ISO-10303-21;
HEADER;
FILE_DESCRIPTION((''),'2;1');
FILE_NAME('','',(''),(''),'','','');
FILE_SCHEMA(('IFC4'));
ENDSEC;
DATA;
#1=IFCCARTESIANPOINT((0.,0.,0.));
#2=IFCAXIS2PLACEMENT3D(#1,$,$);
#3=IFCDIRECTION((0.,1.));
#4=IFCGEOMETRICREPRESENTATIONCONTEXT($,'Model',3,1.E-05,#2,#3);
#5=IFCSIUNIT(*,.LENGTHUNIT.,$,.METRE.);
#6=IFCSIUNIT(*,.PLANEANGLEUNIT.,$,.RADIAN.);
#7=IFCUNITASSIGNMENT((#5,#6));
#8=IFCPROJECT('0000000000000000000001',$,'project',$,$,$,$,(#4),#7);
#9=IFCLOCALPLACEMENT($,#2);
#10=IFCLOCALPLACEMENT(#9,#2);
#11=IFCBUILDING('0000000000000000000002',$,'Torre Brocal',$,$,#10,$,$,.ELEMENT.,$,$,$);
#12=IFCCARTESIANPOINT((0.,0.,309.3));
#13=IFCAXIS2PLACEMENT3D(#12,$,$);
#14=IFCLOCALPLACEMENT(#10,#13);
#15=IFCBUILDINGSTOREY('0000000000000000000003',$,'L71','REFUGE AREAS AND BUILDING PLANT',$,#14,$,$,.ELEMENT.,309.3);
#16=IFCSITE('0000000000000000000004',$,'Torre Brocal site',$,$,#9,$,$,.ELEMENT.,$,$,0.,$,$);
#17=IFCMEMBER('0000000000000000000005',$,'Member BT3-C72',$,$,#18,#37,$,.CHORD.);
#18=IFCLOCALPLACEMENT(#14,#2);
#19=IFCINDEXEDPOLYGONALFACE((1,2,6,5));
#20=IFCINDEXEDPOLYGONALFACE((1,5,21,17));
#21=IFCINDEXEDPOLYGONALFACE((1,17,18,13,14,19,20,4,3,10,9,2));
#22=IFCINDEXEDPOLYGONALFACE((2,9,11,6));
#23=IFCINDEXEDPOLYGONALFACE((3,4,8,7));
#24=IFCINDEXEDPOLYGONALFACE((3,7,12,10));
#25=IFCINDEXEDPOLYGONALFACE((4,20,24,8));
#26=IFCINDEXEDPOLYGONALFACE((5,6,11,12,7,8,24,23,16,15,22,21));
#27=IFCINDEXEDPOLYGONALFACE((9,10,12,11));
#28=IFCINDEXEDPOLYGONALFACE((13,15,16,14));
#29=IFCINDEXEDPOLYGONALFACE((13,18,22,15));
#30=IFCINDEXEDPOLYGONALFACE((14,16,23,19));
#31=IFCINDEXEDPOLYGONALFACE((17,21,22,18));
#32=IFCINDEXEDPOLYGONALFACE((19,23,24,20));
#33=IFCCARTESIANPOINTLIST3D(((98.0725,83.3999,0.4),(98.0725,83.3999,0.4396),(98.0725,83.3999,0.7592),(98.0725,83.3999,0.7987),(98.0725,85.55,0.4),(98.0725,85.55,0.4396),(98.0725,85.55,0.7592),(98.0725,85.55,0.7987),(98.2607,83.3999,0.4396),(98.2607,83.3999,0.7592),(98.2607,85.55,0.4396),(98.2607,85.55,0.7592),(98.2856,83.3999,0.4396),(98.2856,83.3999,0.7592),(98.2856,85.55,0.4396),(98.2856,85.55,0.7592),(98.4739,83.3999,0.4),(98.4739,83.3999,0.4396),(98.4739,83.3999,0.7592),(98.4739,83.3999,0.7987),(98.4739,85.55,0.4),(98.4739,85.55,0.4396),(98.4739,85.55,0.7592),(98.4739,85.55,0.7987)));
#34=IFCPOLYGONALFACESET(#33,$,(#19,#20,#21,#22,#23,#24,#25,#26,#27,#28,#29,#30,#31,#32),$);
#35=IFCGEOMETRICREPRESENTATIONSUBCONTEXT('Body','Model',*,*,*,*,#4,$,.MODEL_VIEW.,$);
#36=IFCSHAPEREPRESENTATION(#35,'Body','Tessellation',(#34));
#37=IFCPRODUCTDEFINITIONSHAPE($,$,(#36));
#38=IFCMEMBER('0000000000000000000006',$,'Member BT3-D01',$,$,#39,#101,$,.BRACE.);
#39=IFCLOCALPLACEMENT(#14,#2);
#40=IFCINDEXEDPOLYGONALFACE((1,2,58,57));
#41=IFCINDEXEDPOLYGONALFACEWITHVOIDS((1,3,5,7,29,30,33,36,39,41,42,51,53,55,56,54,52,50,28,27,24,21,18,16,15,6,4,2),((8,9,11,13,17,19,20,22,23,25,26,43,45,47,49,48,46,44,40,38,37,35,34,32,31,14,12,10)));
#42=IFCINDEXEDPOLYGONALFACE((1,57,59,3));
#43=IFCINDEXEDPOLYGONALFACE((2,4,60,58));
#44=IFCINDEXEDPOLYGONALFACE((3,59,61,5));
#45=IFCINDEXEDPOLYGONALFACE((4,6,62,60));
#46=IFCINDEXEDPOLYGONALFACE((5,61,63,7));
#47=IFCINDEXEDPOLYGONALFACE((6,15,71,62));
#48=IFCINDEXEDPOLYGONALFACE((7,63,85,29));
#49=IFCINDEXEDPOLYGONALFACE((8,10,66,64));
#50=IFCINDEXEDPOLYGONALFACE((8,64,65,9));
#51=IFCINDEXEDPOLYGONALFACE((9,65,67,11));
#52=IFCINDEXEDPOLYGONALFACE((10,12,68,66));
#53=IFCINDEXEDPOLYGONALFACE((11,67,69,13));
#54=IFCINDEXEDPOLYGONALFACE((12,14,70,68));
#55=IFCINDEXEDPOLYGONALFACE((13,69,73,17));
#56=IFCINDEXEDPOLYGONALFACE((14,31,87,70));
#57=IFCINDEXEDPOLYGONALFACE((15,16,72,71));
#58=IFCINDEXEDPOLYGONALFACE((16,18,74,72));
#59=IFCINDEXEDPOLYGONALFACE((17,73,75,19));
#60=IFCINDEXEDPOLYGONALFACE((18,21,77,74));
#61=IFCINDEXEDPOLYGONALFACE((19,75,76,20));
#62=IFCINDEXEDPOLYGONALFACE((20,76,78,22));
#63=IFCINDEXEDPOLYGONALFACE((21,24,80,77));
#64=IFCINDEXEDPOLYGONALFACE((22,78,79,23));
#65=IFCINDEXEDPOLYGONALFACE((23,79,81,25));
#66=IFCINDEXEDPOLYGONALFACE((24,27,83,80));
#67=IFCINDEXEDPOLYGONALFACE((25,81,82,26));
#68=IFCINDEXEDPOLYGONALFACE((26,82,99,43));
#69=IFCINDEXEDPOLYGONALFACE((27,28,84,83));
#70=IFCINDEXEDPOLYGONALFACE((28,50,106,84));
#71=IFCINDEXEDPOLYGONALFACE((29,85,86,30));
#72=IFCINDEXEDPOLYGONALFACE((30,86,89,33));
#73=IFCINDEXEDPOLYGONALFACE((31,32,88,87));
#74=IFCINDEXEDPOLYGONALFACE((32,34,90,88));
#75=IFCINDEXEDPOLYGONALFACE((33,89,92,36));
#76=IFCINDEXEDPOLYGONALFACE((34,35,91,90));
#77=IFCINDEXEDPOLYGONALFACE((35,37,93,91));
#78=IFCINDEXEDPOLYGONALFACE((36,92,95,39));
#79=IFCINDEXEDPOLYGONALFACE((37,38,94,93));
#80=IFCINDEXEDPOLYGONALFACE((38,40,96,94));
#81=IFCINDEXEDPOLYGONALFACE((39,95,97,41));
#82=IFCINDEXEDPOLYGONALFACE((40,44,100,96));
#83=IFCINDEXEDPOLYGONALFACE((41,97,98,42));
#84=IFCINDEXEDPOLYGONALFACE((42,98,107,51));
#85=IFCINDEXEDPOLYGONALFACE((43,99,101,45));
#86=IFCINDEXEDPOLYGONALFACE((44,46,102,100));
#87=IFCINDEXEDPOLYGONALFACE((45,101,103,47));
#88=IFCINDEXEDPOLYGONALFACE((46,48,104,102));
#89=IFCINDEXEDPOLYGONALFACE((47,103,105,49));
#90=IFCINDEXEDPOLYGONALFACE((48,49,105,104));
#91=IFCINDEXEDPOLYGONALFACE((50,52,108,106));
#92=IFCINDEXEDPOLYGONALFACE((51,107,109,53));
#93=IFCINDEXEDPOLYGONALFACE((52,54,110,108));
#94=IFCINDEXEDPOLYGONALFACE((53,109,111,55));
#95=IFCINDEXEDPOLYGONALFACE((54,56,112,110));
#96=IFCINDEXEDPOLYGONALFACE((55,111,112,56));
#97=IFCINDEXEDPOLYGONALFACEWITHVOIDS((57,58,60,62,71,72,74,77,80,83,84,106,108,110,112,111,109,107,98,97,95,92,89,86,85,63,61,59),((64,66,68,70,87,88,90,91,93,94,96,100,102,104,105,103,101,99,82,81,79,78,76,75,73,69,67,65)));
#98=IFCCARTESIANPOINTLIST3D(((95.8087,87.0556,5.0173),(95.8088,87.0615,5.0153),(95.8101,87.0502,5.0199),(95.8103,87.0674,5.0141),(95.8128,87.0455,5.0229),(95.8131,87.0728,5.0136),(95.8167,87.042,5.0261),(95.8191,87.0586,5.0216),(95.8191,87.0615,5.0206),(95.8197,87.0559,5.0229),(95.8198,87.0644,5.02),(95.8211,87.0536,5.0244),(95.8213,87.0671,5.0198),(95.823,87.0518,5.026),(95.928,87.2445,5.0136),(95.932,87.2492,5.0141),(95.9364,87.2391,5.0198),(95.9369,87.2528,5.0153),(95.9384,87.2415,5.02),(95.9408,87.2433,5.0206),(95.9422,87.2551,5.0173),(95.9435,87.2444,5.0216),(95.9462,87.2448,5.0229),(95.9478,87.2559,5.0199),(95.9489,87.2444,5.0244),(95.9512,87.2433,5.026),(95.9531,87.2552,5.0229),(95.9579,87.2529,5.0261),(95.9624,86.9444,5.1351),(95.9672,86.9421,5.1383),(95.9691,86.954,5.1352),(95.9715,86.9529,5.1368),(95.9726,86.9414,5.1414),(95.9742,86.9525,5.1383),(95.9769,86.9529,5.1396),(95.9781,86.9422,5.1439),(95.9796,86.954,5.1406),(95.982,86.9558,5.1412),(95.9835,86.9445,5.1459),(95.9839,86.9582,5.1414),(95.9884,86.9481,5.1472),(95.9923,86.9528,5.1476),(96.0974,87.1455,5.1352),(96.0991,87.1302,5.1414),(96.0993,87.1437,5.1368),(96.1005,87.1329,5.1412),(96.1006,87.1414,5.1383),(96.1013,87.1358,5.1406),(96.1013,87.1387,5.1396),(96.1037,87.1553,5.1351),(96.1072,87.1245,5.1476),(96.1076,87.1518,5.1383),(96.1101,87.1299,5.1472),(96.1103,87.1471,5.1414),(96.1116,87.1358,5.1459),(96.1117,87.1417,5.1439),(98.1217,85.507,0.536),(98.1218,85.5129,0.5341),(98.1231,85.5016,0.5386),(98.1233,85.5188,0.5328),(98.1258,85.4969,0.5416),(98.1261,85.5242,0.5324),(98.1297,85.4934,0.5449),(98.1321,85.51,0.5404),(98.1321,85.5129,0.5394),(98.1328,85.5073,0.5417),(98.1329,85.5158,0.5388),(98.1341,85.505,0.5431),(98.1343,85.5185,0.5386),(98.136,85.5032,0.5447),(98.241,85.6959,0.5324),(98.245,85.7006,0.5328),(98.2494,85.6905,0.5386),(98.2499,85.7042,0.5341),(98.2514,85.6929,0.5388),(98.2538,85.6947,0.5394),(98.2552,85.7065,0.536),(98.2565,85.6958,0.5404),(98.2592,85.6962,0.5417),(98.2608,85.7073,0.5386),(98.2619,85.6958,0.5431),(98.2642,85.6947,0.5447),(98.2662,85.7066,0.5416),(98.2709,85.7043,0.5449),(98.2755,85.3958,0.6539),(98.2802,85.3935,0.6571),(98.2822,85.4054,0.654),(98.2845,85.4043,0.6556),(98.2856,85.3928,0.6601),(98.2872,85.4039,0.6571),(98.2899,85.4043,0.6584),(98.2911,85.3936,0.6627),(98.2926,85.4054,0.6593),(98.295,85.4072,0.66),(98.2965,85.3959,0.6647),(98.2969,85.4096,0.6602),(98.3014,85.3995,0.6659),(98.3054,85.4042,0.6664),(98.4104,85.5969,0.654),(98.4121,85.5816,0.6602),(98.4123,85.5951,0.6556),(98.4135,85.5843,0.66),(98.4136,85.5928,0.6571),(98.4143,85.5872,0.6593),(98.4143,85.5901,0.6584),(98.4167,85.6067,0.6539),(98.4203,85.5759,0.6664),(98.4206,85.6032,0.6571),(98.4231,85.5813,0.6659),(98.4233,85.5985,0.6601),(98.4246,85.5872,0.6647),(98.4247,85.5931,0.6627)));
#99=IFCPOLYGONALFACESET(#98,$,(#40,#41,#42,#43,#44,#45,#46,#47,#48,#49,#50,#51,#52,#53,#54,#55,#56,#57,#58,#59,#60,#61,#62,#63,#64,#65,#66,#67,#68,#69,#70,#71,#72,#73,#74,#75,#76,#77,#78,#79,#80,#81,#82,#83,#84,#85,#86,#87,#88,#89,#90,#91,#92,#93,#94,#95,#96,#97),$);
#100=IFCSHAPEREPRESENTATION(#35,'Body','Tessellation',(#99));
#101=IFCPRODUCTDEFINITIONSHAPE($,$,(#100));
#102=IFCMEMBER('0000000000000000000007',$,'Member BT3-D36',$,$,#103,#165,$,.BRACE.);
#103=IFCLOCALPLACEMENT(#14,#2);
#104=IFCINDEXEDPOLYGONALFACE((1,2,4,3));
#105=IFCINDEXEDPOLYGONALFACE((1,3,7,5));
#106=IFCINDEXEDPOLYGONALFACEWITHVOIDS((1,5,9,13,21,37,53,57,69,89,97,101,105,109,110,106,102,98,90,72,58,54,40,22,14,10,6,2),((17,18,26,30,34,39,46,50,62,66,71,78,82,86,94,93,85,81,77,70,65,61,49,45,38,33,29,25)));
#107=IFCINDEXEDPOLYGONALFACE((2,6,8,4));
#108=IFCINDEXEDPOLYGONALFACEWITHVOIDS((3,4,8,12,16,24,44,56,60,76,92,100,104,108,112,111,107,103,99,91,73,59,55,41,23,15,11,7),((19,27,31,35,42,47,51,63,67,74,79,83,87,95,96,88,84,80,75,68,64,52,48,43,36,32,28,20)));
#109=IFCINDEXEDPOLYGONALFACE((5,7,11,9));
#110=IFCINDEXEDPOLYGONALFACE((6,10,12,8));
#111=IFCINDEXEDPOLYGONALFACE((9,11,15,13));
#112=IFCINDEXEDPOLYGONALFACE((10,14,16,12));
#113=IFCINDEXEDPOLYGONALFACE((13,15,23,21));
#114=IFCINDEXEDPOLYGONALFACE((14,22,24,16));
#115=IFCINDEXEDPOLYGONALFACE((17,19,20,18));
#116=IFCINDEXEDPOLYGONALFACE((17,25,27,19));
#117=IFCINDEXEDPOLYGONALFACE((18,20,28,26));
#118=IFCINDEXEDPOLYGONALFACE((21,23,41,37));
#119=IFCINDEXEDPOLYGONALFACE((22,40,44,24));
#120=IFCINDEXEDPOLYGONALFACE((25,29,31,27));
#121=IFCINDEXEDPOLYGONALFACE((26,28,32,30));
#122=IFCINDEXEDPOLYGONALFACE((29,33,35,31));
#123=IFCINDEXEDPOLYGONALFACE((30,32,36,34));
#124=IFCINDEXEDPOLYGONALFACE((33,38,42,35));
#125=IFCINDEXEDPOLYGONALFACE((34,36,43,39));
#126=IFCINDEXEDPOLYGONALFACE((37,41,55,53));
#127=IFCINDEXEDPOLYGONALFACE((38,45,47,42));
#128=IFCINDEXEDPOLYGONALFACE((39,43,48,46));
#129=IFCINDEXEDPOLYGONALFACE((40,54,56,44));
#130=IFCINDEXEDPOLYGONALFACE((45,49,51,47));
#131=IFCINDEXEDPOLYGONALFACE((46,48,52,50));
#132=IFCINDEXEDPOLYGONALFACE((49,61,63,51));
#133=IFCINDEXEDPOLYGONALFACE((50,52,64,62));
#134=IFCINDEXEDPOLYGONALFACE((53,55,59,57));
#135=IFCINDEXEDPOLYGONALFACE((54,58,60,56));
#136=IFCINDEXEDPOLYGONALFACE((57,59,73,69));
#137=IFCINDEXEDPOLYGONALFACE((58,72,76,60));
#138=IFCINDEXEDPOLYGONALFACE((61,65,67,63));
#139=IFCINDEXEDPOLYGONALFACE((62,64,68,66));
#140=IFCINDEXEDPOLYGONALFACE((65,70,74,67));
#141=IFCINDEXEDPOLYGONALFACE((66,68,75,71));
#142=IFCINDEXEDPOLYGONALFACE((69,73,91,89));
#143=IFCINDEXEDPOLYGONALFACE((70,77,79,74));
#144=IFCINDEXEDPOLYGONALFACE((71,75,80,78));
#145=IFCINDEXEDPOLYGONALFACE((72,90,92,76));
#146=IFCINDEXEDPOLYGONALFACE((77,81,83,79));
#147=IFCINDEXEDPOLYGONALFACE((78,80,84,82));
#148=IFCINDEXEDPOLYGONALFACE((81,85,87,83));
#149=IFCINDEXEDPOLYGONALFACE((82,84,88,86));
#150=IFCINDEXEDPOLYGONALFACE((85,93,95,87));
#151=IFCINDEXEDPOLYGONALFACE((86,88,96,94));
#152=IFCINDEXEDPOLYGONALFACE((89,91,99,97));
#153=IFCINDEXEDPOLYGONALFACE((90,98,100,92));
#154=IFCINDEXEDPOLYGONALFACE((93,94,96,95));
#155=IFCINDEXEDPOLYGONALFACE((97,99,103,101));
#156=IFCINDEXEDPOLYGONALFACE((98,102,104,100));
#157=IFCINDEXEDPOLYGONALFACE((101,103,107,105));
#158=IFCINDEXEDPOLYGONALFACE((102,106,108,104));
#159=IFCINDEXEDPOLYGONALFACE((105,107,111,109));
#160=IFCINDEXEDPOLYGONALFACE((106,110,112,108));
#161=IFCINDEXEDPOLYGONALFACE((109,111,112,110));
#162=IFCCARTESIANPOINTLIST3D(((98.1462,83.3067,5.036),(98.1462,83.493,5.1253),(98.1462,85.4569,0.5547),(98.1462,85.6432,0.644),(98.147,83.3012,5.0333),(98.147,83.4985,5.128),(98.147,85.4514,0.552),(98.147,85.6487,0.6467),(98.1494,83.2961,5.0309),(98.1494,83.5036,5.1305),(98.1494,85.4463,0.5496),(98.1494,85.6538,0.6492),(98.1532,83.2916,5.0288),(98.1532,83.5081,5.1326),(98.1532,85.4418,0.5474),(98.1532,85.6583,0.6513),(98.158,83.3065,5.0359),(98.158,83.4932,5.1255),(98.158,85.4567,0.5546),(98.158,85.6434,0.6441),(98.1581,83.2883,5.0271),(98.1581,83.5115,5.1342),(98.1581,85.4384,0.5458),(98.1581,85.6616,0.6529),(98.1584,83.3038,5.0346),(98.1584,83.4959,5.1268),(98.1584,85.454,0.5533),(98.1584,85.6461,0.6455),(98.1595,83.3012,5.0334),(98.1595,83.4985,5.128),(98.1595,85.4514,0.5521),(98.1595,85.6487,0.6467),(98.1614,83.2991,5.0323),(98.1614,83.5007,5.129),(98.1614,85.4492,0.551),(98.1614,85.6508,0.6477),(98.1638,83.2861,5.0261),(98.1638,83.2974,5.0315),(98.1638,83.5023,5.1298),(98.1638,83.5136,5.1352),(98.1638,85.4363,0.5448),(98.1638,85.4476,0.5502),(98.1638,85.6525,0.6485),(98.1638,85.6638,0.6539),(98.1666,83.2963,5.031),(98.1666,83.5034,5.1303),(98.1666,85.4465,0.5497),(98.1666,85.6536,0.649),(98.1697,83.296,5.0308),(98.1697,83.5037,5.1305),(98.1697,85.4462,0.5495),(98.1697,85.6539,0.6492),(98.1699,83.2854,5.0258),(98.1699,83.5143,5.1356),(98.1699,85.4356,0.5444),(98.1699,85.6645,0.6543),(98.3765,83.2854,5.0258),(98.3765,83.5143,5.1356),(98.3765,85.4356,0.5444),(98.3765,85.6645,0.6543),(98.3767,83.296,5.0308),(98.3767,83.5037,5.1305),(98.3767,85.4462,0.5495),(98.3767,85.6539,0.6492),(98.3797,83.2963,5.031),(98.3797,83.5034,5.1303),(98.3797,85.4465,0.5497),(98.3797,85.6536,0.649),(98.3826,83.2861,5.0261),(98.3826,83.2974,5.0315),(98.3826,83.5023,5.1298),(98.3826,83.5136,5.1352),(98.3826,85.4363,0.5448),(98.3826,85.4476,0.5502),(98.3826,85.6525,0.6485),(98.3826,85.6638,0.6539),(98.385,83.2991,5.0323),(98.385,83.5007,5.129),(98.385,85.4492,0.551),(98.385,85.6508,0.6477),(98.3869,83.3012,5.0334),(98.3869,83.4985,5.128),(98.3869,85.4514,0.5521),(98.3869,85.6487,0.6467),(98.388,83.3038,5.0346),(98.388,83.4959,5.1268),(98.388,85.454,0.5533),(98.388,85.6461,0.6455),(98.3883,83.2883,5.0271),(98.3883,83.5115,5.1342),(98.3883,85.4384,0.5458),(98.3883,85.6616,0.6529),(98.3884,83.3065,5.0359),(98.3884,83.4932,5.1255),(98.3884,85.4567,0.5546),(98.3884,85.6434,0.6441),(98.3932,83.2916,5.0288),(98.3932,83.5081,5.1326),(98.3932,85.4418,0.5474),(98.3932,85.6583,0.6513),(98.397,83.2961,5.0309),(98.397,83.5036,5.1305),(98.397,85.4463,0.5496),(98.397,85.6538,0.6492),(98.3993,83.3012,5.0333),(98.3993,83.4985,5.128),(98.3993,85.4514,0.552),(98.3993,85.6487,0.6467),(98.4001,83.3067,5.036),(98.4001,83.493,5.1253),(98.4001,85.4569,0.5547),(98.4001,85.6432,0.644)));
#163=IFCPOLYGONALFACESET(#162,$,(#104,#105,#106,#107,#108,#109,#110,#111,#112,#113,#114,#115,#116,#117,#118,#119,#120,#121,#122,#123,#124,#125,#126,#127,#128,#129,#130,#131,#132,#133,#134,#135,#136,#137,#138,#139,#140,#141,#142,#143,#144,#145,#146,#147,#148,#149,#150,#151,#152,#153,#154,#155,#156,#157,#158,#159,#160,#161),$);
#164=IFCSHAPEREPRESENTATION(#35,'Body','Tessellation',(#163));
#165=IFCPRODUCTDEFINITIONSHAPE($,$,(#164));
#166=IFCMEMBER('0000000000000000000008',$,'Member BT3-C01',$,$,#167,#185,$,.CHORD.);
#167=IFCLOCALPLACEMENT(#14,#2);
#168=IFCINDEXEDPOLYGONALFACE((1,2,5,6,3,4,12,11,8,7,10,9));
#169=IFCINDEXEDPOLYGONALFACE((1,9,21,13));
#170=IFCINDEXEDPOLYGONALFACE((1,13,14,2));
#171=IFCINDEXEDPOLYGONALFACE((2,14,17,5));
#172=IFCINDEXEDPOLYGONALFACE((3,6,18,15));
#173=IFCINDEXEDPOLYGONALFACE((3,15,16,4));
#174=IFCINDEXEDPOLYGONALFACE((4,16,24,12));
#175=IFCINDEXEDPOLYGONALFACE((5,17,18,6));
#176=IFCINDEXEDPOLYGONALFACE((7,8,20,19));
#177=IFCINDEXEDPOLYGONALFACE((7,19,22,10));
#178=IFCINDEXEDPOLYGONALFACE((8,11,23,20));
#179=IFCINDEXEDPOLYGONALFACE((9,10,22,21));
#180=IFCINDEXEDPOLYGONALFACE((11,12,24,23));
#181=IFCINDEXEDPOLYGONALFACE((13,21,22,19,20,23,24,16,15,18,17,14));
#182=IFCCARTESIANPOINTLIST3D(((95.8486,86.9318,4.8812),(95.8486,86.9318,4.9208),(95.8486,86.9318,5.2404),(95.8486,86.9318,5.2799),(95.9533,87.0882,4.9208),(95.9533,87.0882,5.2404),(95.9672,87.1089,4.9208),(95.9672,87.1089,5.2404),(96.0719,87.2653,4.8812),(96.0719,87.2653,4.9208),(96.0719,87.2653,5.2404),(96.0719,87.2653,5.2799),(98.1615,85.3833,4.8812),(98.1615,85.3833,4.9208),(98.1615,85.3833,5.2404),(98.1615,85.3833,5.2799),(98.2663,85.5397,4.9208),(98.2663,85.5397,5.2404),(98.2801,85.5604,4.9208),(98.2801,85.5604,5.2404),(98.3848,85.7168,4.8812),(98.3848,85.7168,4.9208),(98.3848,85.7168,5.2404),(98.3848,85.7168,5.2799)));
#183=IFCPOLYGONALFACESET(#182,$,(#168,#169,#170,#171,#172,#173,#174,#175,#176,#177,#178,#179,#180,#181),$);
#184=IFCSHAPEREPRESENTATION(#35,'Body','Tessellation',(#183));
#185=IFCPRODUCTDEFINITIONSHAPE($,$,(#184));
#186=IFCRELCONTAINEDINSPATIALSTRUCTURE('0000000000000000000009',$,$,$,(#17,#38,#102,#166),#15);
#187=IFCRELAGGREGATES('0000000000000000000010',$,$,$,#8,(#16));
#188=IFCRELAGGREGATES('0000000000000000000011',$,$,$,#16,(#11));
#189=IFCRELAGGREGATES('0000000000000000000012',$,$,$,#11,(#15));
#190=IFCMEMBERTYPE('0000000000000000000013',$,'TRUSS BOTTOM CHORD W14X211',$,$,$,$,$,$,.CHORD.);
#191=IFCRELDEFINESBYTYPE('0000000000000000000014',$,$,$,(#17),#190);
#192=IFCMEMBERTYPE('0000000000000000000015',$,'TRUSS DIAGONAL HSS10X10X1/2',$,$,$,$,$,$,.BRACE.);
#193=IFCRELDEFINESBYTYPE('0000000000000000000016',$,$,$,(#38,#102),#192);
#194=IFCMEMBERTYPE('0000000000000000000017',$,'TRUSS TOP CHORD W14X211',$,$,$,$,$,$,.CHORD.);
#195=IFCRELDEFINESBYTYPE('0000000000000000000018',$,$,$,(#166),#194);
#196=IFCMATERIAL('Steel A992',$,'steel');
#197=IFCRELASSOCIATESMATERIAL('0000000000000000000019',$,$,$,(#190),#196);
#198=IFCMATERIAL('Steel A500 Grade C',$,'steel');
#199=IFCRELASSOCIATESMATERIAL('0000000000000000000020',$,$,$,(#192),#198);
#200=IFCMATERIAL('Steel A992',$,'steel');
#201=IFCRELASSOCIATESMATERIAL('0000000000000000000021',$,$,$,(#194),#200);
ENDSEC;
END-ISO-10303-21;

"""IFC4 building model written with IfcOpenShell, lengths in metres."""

from ifc_helpers import new_model, si_unit, direction, frame, origin, origin_2d, place, context, subcontext, project, spatial, hollow_rectangle, i_section, extrude, material, material_profile, profile_set, type_object, element, save


model = new_model("IFC4")

# Units and contexts
model_context = context("Model", 3, precision=1e-05, world=origin(), true_north=direction((0.0, 1.0)))
body_context = subcontext(model_context, "Body", "Model", "MODEL_VIEW")
ifc_project = project(units=[si_unit("LENGTHUNIT", "METRE"), si_unit("PLANEANGLEUNIT", "RADIAN")], contexts=[model_context])

# Site, building, storey
site_placement = place(None, origin())
site = spatial("IfcSite", under=ifc_project, at=site_placement, Name="Torre Brocal site", CompositionType="ELEMENT", RefElevation=0.0)
building_placement = place(site_placement, origin())
building = spatial("IfcBuilding", under=site, at=building_placement, Name="Torre Brocal", CompositionType="ELEMENT")
storey_placement = place(building_placement, frame((0.0, 0.0, 309.3)))
storey = spatial("IfcBuildingStorey", under=building, at=storey_placement, Name="L71", Description="REFUGE AREAS AND BUILDING PLANT", CompositionType="ELEMENT", Elevation=309.3)

# Members
ifc_material_1 = material(Name="Steel A992", Category="steel")
ifc_material_profile_1 = material_profile(ifc_material_1, i_section(OverallWidth=0.4014, OverallDepth=0.3987, WebThickness=0.0249, FlangeThickness=0.0396, at=origin_2d()), Name="W14X211")
ifc_profile_set_1 = profile_set([ifc_material_profile_1], Name="Steel A992")
member_type_1 = type_object("IfcMemberType", Name="TRUSS BOTTOM CHORD W14X211", PredefinedType="CHORD", material=ifc_profile_set_1)
member_1_placement = place(storey_placement, frame((98.2732, 85.55, 0.5994), z_axis=(0.0, -1.0, 0.0), x_axis=(1.0, 0.0, 0.0)))
element("IfcMember", 1, at=member_1_placement, inside=storey, type_object=member_type_1, Name="Member BT3-C72", PredefinedType="CHORD", context=body_context, shape_type="SweptSolid", body=[
    extrude(i_section(OverallWidth=0.4014, OverallDepth=0.3987, WebThickness=0.0249, FlangeThickness=0.0396, at=origin_2d()), origin(), (0.0, 0.0, 1.0), 2.1501),
])
ifc_material_2 = material(Name="Steel A500 Grade C", Category="steel")
ifc_material_profile_2 = material_profile(ifc_material_2, hollow_rectangle(XDim=0.2539, YDim=0.2539, WallThickness=0.0117, InnerFilletRadius=0.0117, OuterFilletRadius=0.0237, at=origin_2d()), Name="HSS10X10X1/2")
ifc_profile_set_2 = profile_set([ifc_material_profile_2], Name="Steel A500 Grade C")
member_type_2 = type_object("IfcMemberType", Name="TRUSS DIAGONAL HSS10X10X1/2", PredefinedType="BRACE", material=ifc_profile_set_2)
member_2_placement = place(storey_placement, frame((98.2732, 85.55, 0.5994), z_axis=(-0.438453, 0.293552, 0.849462), x_axis=(-0.556339, -0.830956, 0.0)))
element("IfcMember", 2, at=member_2_placement, inside=storey, type_object=member_type_2, Name="Member BT3-D01", PredefinedType="BRACE", context=body_context, shape_type="SweptSolid", body=[
    extrude(hollow_rectangle(XDim=0.2539, YDim=0.2539, WallThickness=0.0117, InnerFilletRadius=0.0117, OuterFilletRadius=0.0237, at=origin_2d()), origin(), (0.0, 0.0, 1.0), 5.2754),
])
member_3_placement = place(storey_placement, frame((98.2732, 85.55, 0.5994), z_axis=(0.0, -0.432595, 0.901588), x_axis=(1.0, 0.0, 0.0)))
element("IfcMember", 3, at=member_3_placement, inside=storey, type_object=member_type_2, Name="Member BT3-D36", PredefinedType="BRACE", context=body_context, shape_type="SweptSolid", body=[
    extrude(hollow_rectangle(XDim=0.2539, YDim=0.2539, WallThickness=0.0117, InnerFilletRadius=0.0117, OuterFilletRadius=0.0237, at=origin_2d()), origin(), (0.0, 0.0, 1.0), 4.9705),
])
ifc_material_3 = material(Name="Steel A992", Category="steel")
ifc_material_profile_3 = material_profile(ifc_material_3, i_section(OverallWidth=0.4014, OverallDepth=0.3987, WebThickness=0.0249, FlangeThickness=0.0396, at=origin_2d()), Name="W14X211")
ifc_profile_set_3 = profile_set([ifc_material_profile_3], Name="Steel A992")
member_type_3 = type_object("IfcMemberType", Name="TRUSS TOP CHORD W14X211", PredefinedType="CHORD", material=ifc_profile_set_3)
member_4_placement = place(storey_placement, frame((98.2732, 85.55, 5.0806), z_axis=(-0.830956, 0.556339, 0.0), x_axis=(-0.556339, -0.830956, 0.0)))
element("IfcMember", 4, at=member_4_placement, inside=storey, type_object=member_type_3, Name="Member BT3-C01", PredefinedType="CHORD", context=body_context, shape_type="SweptSolid", body=[
    extrude(i_section(OverallWidth=0.4014, OverallDepth=0.3987, WebThickness=0.0249, FlangeThickness=0.0396, at=origin_2d()), origin(), (0.0, 0.0, 1.0), 2.7834),
])

save(model, "model.ifc")
